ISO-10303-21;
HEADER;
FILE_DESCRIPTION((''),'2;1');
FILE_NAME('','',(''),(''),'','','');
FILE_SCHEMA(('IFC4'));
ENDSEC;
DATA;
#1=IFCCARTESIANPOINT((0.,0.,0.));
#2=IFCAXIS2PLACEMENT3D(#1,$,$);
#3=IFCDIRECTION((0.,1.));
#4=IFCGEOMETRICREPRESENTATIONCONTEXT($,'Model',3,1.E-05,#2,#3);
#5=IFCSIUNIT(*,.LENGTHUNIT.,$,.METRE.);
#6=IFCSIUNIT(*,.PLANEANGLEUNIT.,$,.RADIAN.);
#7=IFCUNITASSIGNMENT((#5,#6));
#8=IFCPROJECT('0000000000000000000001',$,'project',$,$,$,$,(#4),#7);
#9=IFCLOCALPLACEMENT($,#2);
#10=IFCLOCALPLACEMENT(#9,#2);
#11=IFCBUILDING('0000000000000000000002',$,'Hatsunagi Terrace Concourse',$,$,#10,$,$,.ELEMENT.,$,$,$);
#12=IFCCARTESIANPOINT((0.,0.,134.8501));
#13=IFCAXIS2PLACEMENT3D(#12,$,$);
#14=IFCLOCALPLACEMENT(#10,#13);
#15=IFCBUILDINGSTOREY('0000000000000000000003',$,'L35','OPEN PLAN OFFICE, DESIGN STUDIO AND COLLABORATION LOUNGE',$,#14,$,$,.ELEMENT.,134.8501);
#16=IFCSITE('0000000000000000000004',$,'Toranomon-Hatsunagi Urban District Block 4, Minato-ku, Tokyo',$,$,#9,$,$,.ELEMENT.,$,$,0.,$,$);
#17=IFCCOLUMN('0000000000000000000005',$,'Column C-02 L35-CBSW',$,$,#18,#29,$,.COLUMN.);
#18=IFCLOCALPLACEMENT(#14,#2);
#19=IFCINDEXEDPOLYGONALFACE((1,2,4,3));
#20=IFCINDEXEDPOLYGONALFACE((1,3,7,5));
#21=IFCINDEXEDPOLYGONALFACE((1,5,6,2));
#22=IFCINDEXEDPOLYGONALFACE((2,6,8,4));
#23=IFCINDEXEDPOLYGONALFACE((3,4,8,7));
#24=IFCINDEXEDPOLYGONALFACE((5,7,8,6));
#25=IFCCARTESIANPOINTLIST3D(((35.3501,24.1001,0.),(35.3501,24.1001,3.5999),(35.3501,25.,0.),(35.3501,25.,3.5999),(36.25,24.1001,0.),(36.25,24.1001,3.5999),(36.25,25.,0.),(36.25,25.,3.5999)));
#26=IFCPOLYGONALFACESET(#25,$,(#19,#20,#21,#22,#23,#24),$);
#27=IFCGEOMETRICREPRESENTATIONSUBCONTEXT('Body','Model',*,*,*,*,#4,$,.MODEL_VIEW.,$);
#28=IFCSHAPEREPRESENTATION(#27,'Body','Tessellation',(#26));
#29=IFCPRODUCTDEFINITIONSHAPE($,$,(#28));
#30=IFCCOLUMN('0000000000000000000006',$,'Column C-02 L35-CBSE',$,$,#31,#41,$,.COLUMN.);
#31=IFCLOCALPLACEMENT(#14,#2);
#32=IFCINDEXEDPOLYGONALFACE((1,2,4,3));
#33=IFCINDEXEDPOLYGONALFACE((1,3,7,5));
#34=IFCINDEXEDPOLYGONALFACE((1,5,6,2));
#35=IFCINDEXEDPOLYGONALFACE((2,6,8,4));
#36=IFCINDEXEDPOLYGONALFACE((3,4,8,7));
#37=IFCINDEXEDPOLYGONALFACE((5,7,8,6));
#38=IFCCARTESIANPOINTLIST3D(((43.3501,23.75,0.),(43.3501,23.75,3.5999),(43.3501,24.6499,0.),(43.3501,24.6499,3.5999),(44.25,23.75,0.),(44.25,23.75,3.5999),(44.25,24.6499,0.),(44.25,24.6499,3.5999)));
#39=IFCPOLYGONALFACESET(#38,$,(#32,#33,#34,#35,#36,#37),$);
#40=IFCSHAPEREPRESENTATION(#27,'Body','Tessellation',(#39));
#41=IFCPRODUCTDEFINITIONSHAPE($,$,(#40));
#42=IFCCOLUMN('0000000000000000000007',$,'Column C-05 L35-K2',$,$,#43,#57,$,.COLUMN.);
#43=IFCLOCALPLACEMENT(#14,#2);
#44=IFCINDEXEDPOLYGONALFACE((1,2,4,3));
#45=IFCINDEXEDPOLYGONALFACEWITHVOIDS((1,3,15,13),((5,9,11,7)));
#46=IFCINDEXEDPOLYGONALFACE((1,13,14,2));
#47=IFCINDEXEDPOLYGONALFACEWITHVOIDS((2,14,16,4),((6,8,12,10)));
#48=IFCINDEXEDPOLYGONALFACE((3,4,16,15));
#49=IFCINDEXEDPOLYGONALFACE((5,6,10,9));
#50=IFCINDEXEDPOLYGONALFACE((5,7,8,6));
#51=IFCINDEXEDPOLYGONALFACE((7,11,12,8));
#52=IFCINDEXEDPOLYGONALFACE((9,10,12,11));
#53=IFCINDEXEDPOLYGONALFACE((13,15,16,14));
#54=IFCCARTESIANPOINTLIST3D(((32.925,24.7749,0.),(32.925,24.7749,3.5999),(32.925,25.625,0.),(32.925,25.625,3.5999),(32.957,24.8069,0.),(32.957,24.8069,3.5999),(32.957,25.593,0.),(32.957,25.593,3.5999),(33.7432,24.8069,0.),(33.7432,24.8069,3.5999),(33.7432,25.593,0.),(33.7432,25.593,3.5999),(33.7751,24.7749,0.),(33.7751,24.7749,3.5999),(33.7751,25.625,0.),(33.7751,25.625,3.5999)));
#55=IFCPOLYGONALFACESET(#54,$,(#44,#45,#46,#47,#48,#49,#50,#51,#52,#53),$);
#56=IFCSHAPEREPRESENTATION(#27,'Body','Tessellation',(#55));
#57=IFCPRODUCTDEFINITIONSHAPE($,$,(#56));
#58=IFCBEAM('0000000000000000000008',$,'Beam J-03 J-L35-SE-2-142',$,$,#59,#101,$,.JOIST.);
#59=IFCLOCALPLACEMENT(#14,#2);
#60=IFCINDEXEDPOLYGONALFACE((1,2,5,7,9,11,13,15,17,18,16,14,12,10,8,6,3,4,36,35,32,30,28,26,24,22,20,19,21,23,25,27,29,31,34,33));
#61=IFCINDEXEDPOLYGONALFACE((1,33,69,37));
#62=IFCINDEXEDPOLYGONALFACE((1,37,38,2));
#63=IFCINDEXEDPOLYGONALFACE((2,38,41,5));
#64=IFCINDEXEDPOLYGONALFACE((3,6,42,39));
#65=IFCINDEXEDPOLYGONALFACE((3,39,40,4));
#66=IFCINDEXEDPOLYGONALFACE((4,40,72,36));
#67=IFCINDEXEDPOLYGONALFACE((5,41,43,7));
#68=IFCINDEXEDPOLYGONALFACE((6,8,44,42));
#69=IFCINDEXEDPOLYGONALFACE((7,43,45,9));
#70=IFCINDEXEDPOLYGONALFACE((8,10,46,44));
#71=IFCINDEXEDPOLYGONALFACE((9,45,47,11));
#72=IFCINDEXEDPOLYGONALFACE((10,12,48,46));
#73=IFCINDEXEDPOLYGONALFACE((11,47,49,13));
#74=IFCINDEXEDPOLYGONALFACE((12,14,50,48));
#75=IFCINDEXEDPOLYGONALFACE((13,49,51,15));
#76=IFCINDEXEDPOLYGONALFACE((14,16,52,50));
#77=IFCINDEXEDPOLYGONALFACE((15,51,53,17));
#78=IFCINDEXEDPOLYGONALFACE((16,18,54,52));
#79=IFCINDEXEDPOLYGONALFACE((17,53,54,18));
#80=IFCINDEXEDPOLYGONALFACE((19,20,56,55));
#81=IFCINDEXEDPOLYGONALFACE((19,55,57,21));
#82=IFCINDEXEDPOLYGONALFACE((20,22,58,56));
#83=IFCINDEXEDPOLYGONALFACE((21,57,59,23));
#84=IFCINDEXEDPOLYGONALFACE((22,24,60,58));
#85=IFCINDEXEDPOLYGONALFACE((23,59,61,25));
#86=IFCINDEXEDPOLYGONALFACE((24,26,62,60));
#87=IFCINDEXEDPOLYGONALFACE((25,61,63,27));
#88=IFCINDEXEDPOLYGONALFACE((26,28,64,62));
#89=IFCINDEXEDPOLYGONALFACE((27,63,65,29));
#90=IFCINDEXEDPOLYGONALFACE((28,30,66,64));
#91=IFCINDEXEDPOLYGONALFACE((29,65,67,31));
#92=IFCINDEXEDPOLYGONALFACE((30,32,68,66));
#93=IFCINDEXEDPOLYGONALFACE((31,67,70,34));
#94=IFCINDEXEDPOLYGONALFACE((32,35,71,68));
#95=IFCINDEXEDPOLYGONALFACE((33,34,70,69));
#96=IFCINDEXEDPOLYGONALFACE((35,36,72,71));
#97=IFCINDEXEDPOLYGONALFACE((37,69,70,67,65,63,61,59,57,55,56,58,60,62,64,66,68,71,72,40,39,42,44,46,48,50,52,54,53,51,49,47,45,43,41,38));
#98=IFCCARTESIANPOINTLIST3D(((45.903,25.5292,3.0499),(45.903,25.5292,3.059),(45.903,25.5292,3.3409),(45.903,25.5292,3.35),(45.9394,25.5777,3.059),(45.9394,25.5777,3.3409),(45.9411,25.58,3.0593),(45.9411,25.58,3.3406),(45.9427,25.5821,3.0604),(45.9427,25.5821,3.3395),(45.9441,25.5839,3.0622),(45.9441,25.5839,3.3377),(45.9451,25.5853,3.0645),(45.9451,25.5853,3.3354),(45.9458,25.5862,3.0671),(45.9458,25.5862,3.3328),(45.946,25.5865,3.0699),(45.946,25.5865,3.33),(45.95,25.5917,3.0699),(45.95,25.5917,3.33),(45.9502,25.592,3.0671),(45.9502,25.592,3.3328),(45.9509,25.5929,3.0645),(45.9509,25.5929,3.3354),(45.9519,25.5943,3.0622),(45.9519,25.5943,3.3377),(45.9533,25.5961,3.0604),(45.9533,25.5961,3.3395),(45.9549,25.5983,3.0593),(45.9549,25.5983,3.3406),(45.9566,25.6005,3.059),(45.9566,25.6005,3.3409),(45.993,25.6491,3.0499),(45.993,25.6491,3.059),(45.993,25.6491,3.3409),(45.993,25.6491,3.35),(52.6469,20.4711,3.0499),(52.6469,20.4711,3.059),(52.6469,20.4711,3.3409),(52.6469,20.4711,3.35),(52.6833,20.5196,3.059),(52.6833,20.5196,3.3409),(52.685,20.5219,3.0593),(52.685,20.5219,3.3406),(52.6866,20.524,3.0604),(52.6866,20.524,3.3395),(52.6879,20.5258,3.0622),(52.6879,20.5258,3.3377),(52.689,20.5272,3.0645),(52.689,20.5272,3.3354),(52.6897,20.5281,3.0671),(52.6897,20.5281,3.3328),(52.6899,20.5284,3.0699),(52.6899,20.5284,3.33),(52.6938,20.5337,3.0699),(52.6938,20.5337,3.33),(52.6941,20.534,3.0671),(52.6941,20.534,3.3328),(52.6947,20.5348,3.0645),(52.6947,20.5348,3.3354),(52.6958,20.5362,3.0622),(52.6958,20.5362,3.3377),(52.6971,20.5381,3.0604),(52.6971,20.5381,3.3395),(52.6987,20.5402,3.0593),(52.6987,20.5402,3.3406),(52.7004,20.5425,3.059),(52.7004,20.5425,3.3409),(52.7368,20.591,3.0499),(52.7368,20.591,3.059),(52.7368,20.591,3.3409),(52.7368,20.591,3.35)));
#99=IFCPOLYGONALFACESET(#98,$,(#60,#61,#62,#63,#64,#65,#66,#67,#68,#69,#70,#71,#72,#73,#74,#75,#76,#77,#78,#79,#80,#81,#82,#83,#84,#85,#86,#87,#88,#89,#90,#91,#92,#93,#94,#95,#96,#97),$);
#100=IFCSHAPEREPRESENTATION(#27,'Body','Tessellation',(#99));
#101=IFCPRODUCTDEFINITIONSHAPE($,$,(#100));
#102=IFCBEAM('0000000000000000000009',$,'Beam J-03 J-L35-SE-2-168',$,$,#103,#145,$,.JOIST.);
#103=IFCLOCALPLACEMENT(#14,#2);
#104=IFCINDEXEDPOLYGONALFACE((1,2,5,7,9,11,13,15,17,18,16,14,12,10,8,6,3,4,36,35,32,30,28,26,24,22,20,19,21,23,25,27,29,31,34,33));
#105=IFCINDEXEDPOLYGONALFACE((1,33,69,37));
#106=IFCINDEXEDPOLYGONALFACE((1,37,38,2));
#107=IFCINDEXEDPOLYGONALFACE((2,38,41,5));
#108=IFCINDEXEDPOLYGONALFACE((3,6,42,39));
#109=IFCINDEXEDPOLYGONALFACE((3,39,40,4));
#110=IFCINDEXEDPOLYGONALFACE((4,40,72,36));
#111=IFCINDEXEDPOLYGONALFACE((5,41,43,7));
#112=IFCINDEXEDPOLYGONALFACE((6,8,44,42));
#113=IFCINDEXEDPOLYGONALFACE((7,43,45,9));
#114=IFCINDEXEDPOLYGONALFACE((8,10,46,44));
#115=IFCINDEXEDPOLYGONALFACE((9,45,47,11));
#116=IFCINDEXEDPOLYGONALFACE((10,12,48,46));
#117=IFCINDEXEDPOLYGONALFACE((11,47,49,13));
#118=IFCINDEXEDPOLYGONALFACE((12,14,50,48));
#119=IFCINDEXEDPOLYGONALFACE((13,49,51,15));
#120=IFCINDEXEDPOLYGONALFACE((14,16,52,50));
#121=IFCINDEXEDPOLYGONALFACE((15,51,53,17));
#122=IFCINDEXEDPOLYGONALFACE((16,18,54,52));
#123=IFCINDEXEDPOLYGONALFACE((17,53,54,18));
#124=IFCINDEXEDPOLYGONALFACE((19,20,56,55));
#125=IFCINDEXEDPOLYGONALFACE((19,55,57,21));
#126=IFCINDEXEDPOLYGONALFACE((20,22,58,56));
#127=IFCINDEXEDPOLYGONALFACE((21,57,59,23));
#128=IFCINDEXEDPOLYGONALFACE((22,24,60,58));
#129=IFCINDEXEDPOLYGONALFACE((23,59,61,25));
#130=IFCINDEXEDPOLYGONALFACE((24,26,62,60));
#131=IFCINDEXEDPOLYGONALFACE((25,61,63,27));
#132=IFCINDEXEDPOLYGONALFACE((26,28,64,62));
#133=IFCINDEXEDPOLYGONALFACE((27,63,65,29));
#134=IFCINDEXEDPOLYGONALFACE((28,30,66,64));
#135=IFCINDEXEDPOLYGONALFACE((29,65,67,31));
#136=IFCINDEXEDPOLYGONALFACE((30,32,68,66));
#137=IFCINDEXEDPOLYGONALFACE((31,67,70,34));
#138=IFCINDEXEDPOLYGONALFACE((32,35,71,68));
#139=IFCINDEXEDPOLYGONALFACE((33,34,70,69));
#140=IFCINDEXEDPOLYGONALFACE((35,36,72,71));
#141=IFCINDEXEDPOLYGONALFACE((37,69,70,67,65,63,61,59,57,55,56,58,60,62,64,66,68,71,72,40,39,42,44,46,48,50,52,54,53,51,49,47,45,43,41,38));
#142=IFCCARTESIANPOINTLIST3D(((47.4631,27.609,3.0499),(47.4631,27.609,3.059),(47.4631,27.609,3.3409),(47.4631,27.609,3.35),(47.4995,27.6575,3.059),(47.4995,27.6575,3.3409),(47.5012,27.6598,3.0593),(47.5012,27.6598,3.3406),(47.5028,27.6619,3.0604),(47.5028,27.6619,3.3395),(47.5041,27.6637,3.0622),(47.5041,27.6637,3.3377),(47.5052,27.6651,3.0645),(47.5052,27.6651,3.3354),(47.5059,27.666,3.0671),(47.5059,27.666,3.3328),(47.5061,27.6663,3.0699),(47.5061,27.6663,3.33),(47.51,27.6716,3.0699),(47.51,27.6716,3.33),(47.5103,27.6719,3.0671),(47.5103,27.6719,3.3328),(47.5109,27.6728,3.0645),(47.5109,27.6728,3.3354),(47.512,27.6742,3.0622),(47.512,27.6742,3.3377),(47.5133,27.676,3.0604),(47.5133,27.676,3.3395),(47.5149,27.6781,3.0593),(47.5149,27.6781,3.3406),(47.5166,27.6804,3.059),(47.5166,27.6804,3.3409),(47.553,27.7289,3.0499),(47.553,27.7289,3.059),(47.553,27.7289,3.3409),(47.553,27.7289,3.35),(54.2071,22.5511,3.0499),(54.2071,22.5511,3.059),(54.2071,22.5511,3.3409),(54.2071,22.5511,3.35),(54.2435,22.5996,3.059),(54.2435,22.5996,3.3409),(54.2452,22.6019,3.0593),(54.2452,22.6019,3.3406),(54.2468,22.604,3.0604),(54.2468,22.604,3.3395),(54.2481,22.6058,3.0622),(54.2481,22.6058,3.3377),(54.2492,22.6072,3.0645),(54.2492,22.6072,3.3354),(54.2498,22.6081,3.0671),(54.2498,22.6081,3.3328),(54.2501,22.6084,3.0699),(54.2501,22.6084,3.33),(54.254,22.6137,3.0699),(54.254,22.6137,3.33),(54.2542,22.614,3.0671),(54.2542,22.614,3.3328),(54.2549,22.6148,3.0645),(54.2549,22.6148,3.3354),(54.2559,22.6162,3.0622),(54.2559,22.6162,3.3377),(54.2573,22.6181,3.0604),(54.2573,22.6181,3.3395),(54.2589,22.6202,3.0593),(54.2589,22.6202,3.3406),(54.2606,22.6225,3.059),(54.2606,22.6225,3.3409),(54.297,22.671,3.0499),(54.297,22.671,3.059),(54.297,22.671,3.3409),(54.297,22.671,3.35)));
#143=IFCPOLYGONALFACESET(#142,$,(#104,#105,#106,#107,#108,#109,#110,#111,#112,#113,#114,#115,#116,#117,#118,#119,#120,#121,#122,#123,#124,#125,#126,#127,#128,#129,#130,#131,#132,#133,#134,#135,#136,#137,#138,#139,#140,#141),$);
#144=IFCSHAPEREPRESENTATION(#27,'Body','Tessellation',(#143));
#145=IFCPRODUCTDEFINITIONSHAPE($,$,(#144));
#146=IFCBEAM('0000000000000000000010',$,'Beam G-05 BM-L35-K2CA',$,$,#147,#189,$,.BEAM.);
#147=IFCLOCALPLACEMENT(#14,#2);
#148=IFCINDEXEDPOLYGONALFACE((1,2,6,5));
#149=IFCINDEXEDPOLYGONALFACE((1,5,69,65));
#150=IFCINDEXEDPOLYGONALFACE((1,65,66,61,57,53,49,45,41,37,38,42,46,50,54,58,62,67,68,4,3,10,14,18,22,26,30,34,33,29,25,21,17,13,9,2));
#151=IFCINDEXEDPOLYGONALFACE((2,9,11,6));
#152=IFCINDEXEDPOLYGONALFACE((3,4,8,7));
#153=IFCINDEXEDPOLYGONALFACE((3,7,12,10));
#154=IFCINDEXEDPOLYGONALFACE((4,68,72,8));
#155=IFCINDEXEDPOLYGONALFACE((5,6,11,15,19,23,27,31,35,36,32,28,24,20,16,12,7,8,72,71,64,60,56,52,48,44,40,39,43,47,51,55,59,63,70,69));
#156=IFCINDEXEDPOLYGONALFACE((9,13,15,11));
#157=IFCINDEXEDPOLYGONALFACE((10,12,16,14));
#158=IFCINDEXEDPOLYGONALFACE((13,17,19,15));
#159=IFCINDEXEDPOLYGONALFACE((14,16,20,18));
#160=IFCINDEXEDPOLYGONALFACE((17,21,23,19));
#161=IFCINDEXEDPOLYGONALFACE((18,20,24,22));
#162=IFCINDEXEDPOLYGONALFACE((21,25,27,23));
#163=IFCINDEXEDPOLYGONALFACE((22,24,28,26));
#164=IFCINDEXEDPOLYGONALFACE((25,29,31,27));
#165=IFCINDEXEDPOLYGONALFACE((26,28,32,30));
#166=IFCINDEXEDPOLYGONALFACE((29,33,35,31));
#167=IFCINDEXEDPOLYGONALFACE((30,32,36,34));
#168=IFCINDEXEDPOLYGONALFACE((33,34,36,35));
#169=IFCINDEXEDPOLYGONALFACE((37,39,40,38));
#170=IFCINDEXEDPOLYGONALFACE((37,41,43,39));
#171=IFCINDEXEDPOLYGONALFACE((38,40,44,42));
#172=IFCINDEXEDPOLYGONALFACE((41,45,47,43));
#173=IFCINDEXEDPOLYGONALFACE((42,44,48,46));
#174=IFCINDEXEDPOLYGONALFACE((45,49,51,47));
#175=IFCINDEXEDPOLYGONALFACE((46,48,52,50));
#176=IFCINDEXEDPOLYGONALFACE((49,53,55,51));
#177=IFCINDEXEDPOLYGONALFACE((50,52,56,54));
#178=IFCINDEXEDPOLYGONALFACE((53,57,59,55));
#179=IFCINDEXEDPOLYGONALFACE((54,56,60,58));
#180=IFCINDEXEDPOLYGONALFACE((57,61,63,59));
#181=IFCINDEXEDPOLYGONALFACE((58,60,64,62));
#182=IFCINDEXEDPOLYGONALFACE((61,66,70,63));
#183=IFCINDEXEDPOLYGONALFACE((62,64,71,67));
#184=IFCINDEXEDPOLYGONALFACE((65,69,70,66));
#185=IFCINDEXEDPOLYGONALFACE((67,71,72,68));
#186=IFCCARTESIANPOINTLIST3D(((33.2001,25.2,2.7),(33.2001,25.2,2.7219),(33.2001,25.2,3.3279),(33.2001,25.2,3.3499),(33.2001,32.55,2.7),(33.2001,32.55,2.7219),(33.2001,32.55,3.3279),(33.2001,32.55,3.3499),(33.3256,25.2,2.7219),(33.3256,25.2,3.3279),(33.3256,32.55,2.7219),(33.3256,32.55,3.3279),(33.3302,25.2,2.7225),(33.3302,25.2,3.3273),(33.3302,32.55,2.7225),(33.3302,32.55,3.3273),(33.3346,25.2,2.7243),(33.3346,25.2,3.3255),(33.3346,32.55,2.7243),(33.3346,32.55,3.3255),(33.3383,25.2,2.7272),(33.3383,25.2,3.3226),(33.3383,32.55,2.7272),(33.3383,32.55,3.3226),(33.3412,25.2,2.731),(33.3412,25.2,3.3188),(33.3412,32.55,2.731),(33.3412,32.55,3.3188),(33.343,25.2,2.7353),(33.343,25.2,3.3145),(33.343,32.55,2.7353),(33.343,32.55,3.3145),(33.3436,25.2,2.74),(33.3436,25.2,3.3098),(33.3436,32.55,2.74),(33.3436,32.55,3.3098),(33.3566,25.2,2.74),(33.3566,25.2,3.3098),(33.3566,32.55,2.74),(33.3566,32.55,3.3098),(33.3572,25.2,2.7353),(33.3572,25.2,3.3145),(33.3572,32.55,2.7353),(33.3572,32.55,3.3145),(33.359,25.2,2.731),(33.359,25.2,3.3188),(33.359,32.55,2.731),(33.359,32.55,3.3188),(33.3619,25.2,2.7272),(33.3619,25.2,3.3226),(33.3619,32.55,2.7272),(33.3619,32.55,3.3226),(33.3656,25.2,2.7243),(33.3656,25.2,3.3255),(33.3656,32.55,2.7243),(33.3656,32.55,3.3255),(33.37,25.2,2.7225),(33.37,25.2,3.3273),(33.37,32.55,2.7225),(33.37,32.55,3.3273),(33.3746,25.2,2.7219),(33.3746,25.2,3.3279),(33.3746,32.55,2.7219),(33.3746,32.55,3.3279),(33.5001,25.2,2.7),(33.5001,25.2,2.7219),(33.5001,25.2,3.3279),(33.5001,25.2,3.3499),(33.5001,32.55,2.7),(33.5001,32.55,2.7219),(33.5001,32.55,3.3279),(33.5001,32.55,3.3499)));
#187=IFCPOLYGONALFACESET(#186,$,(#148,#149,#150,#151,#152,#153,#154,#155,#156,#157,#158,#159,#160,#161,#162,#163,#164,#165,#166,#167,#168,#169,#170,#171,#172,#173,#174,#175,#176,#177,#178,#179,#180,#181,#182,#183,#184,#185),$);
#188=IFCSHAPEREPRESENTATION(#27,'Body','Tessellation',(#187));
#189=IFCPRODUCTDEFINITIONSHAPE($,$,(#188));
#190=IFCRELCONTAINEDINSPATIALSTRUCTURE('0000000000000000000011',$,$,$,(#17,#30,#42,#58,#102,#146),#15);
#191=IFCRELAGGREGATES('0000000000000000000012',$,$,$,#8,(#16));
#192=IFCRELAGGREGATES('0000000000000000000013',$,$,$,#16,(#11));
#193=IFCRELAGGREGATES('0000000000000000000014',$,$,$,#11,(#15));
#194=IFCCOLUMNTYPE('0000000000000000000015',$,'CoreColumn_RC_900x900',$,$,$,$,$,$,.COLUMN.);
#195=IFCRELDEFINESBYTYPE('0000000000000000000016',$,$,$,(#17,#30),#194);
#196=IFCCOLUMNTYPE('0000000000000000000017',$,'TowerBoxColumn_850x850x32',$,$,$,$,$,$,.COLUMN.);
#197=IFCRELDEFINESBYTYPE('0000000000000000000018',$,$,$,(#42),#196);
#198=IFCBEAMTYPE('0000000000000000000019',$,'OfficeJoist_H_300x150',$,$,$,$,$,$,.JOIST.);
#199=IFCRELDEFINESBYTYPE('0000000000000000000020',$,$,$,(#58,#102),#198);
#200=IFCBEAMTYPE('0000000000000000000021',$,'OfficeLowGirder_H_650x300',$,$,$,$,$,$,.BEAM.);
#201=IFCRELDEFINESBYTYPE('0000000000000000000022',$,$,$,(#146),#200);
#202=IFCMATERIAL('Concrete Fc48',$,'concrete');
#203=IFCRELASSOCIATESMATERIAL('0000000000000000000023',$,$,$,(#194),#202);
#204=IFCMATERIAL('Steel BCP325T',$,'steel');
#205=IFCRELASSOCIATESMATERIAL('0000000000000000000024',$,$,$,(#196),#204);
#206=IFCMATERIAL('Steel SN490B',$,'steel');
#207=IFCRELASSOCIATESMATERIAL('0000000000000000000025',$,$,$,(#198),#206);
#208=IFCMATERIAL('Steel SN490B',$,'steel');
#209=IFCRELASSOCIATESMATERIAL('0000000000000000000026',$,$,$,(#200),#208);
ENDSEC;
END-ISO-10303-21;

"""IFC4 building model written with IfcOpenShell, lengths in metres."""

from ifc_helpers import new_model, si_unit, direction, frame, origin, origin_2d, place, context, subcontext, project, spatial, rectangle, hollow_rectangle, i_section, extrude, material, material_profile, profile_set, type_object, element, save


model = new_model("IFC4")

# Units and contexts
model_context = context("Model", 3, precision=1e-05, world=origin(), true_north=direction((0.0, 1.0)))
body_context = subcontext(model_context, "Body", "Model", "MODEL_VIEW")
ifc_project = project(units=[si_unit("LENGTHUNIT", "METRE"), si_unit("PLANEANGLEUNIT", "RADIAN")], contexts=[model_context])

# Site, building, storey
site_placement = place(None, origin())
site = spatial("IfcSite", under=ifc_project, at=site_placement, Name="Toranomon-Hatsunagi Urban District Block 4, Minato-ku, Tokyo", CompositionType="ELEMENT", RefElevation=0.0)
building_placement = place(site_placement, origin())
building = spatial("IfcBuilding", under=site, at=building_placement, Name="Hatsunagi Terrace Concourse", CompositionType="ELEMENT")
storey_placement = place(building_placement, frame((0.0, 0.0, 134.8501)))
storey = spatial("IfcBuildingStorey", under=building, at=storey_placement, Name="L35", Description="OPEN PLAN OFFICE, DESIGN STUDIO AND COLLABORATION LOUNGE", CompositionType="ELEMENT", Elevation=134.8501)

# Columns
ifc_material_1 = material(Name="Concrete Fc48", Category="concrete")
ifc_material_profile_1 = material_profile(ifc_material_1, rectangle(XDim=0.8999, YDim=0.8999, at=origin_2d()), Name="RC-900x900")
ifc_profile_set_1 = profile_set([ifc_material_profile_1], Name="Concrete Fc48")
column_type_1 = type_object("IfcColumnType", Name="CoreColumn_RC_900x900", PredefinedType="COLUMN", material=ifc_profile_set_1)
for number, where, z_axis, x_axis, name in (
    (1, (35.8, 24.55, 0.0), (0.0, 0.0, 1.0), (1.0, 0.0, 0.0), "Column C-02 L35-CBSW"),
    (2, (43.8, 24.2, 0.0), (0.0, 0.0, 1.0), (1.0, 0.0, 0.0), "Column C-02 L35-CBSE"),
):
    element("IfcColumn", number, at=place(storey_placement, frame(where, z_axis=z_axis, x_axis=x_axis)), inside=storey, type_object=column_type_1, Name=name, PredefinedType="COLUMN", context=body_context, shape_type="SweptSolid", body=[
        extrude(rectangle(XDim=0.8999, YDim=0.8999, at=origin_2d()), origin(), (0.0, 0.0, 1.0), 3.5999),
    ])
ifc_material_2 = material(Name="Steel BCP325T", Category="steel")
ifc_material_profile_2 = material_profile(ifc_material_2, hollow_rectangle(XDim=0.8501, YDim=0.8501, WallThickness=0.032, at=origin_2d()), Name="BCP-850x850x32")
ifc_profile_set_2 = profile_set([ifc_material_profile_2], Name="Steel BCP325T")
column_type_2 = type_object("IfcColumnType", Name="TowerBoxColumn_850x850x32", PredefinedType="COLUMN", material=ifc_profile_set_2)
column_placement = place(storey_placement, frame((33.3501, 25.2, 0.0), z_axis=(0.0, 0.0, 1.0), x_axis=(1.0, 0.0, 0.0)))
element("IfcColumn", 3, at=column_placement, inside=storey, type_object=column_type_2, Name="Column C-05 L35-K2", PredefinedType="COLUMN", context=body_context, shape_type="SweptSolid", body=[
    extrude(hollow_rectangle(XDim=0.8501, YDim=0.8501, WallThickness=0.032, at=origin_2d()), origin(), (0.0, 0.0, 1.0), 3.5999),
])

# Beams
ifc_material_3 = material(Name="Steel SN490B", Category="steel")
ifc_material_profile_3 = material_profile(ifc_material_3, i_section(OverallWidth=0.1499, OverallDepth=0.3, WebThickness=0.0066, FlangeThickness=0.009, FilletRadius=0.011, at=origin_2d()), Name="H-300x150x6.5x9")
ifc_profile_set_3 = profile_set([ifc_material_profile_3], Name="Steel SN490B")
beam_type_1 = type_object("IfcBeamType", Name="OfficeJoist_H_300x150", PredefinedType="JOIST", material=ifc_profile_set_3)
for number, where, z_axis, x_axis, name in (
    (4, (45.948, 25.5891, 3.2), (0.79999, -0.600014, 0.0), (0.600014, 0.79999, 0.0), "Beam J-03 J-L35-SE-2-142"),
    (5, (47.5081, 27.6689, 3.2), (0.800003, -0.599995, 0.0), (0.599995, 0.800003, 0.0), "Beam J-03 J-L35-SE-2-168"),
):
    element("IfcBeam", number, at=place(storey_placement, frame(where, z_axis=z_axis, x_axis=x_axis)), inside=storey, type_object=beam_type_1, Name=name, PredefinedType="JOIST", context=body_context, shape_type="SweptSolid", body=[
        extrude(i_section(OverallWidth=0.1499, OverallDepth=0.3, WebThickness=0.0066, FlangeThickness=0.009, FilletRadius=0.011, at=origin_2d()), origin(), (0.0, 0.0, 1.0), 8.4299),
    ])
ifc_material_4 = material(Name="Steel SN490B", Category="steel")
ifc_material_profile_4 = material_profile(ifc_material_4, i_section(OverallWidth=0.3, OverallDepth=0.6499, WebThickness=0.0129, FlangeThickness=0.022, FilletRadius=0.0181, at=origin_2d()), Name="H-650x300x13x22")
ifc_profile_set_4 = profile_set([ifc_material_profile_4], Name="Steel SN490B")
beam_type_2 = type_object("IfcBeamType", Name="OfficeLowGirder_H_650x300", PredefinedType="BEAM", material=ifc_profile_set_4)
beam_1_placement = place(storey_placement, frame((33.3501, 25.2, 3.0249), z_axis=(0.0, 1.0, 0.0), x_axis=(-1.0, 0.0, 0.0)))
element("IfcBeam", 6, at=beam_1_placement, inside=storey, type_object=beam_type_2, Name="Beam G-05 BM-L35-K2CA", PredefinedType="BEAM", context=body_context, shape_type="SweptSolid", body=[
    extrude(i_section(OverallWidth=0.3, OverallDepth=0.6499, WebThickness=0.0129, FlangeThickness=0.022, FilletRadius=0.0181, at=origin_2d()), origin(), (0.0, 0.0, 1.0), 7.3501),
])

save(model, "model.ifc")
